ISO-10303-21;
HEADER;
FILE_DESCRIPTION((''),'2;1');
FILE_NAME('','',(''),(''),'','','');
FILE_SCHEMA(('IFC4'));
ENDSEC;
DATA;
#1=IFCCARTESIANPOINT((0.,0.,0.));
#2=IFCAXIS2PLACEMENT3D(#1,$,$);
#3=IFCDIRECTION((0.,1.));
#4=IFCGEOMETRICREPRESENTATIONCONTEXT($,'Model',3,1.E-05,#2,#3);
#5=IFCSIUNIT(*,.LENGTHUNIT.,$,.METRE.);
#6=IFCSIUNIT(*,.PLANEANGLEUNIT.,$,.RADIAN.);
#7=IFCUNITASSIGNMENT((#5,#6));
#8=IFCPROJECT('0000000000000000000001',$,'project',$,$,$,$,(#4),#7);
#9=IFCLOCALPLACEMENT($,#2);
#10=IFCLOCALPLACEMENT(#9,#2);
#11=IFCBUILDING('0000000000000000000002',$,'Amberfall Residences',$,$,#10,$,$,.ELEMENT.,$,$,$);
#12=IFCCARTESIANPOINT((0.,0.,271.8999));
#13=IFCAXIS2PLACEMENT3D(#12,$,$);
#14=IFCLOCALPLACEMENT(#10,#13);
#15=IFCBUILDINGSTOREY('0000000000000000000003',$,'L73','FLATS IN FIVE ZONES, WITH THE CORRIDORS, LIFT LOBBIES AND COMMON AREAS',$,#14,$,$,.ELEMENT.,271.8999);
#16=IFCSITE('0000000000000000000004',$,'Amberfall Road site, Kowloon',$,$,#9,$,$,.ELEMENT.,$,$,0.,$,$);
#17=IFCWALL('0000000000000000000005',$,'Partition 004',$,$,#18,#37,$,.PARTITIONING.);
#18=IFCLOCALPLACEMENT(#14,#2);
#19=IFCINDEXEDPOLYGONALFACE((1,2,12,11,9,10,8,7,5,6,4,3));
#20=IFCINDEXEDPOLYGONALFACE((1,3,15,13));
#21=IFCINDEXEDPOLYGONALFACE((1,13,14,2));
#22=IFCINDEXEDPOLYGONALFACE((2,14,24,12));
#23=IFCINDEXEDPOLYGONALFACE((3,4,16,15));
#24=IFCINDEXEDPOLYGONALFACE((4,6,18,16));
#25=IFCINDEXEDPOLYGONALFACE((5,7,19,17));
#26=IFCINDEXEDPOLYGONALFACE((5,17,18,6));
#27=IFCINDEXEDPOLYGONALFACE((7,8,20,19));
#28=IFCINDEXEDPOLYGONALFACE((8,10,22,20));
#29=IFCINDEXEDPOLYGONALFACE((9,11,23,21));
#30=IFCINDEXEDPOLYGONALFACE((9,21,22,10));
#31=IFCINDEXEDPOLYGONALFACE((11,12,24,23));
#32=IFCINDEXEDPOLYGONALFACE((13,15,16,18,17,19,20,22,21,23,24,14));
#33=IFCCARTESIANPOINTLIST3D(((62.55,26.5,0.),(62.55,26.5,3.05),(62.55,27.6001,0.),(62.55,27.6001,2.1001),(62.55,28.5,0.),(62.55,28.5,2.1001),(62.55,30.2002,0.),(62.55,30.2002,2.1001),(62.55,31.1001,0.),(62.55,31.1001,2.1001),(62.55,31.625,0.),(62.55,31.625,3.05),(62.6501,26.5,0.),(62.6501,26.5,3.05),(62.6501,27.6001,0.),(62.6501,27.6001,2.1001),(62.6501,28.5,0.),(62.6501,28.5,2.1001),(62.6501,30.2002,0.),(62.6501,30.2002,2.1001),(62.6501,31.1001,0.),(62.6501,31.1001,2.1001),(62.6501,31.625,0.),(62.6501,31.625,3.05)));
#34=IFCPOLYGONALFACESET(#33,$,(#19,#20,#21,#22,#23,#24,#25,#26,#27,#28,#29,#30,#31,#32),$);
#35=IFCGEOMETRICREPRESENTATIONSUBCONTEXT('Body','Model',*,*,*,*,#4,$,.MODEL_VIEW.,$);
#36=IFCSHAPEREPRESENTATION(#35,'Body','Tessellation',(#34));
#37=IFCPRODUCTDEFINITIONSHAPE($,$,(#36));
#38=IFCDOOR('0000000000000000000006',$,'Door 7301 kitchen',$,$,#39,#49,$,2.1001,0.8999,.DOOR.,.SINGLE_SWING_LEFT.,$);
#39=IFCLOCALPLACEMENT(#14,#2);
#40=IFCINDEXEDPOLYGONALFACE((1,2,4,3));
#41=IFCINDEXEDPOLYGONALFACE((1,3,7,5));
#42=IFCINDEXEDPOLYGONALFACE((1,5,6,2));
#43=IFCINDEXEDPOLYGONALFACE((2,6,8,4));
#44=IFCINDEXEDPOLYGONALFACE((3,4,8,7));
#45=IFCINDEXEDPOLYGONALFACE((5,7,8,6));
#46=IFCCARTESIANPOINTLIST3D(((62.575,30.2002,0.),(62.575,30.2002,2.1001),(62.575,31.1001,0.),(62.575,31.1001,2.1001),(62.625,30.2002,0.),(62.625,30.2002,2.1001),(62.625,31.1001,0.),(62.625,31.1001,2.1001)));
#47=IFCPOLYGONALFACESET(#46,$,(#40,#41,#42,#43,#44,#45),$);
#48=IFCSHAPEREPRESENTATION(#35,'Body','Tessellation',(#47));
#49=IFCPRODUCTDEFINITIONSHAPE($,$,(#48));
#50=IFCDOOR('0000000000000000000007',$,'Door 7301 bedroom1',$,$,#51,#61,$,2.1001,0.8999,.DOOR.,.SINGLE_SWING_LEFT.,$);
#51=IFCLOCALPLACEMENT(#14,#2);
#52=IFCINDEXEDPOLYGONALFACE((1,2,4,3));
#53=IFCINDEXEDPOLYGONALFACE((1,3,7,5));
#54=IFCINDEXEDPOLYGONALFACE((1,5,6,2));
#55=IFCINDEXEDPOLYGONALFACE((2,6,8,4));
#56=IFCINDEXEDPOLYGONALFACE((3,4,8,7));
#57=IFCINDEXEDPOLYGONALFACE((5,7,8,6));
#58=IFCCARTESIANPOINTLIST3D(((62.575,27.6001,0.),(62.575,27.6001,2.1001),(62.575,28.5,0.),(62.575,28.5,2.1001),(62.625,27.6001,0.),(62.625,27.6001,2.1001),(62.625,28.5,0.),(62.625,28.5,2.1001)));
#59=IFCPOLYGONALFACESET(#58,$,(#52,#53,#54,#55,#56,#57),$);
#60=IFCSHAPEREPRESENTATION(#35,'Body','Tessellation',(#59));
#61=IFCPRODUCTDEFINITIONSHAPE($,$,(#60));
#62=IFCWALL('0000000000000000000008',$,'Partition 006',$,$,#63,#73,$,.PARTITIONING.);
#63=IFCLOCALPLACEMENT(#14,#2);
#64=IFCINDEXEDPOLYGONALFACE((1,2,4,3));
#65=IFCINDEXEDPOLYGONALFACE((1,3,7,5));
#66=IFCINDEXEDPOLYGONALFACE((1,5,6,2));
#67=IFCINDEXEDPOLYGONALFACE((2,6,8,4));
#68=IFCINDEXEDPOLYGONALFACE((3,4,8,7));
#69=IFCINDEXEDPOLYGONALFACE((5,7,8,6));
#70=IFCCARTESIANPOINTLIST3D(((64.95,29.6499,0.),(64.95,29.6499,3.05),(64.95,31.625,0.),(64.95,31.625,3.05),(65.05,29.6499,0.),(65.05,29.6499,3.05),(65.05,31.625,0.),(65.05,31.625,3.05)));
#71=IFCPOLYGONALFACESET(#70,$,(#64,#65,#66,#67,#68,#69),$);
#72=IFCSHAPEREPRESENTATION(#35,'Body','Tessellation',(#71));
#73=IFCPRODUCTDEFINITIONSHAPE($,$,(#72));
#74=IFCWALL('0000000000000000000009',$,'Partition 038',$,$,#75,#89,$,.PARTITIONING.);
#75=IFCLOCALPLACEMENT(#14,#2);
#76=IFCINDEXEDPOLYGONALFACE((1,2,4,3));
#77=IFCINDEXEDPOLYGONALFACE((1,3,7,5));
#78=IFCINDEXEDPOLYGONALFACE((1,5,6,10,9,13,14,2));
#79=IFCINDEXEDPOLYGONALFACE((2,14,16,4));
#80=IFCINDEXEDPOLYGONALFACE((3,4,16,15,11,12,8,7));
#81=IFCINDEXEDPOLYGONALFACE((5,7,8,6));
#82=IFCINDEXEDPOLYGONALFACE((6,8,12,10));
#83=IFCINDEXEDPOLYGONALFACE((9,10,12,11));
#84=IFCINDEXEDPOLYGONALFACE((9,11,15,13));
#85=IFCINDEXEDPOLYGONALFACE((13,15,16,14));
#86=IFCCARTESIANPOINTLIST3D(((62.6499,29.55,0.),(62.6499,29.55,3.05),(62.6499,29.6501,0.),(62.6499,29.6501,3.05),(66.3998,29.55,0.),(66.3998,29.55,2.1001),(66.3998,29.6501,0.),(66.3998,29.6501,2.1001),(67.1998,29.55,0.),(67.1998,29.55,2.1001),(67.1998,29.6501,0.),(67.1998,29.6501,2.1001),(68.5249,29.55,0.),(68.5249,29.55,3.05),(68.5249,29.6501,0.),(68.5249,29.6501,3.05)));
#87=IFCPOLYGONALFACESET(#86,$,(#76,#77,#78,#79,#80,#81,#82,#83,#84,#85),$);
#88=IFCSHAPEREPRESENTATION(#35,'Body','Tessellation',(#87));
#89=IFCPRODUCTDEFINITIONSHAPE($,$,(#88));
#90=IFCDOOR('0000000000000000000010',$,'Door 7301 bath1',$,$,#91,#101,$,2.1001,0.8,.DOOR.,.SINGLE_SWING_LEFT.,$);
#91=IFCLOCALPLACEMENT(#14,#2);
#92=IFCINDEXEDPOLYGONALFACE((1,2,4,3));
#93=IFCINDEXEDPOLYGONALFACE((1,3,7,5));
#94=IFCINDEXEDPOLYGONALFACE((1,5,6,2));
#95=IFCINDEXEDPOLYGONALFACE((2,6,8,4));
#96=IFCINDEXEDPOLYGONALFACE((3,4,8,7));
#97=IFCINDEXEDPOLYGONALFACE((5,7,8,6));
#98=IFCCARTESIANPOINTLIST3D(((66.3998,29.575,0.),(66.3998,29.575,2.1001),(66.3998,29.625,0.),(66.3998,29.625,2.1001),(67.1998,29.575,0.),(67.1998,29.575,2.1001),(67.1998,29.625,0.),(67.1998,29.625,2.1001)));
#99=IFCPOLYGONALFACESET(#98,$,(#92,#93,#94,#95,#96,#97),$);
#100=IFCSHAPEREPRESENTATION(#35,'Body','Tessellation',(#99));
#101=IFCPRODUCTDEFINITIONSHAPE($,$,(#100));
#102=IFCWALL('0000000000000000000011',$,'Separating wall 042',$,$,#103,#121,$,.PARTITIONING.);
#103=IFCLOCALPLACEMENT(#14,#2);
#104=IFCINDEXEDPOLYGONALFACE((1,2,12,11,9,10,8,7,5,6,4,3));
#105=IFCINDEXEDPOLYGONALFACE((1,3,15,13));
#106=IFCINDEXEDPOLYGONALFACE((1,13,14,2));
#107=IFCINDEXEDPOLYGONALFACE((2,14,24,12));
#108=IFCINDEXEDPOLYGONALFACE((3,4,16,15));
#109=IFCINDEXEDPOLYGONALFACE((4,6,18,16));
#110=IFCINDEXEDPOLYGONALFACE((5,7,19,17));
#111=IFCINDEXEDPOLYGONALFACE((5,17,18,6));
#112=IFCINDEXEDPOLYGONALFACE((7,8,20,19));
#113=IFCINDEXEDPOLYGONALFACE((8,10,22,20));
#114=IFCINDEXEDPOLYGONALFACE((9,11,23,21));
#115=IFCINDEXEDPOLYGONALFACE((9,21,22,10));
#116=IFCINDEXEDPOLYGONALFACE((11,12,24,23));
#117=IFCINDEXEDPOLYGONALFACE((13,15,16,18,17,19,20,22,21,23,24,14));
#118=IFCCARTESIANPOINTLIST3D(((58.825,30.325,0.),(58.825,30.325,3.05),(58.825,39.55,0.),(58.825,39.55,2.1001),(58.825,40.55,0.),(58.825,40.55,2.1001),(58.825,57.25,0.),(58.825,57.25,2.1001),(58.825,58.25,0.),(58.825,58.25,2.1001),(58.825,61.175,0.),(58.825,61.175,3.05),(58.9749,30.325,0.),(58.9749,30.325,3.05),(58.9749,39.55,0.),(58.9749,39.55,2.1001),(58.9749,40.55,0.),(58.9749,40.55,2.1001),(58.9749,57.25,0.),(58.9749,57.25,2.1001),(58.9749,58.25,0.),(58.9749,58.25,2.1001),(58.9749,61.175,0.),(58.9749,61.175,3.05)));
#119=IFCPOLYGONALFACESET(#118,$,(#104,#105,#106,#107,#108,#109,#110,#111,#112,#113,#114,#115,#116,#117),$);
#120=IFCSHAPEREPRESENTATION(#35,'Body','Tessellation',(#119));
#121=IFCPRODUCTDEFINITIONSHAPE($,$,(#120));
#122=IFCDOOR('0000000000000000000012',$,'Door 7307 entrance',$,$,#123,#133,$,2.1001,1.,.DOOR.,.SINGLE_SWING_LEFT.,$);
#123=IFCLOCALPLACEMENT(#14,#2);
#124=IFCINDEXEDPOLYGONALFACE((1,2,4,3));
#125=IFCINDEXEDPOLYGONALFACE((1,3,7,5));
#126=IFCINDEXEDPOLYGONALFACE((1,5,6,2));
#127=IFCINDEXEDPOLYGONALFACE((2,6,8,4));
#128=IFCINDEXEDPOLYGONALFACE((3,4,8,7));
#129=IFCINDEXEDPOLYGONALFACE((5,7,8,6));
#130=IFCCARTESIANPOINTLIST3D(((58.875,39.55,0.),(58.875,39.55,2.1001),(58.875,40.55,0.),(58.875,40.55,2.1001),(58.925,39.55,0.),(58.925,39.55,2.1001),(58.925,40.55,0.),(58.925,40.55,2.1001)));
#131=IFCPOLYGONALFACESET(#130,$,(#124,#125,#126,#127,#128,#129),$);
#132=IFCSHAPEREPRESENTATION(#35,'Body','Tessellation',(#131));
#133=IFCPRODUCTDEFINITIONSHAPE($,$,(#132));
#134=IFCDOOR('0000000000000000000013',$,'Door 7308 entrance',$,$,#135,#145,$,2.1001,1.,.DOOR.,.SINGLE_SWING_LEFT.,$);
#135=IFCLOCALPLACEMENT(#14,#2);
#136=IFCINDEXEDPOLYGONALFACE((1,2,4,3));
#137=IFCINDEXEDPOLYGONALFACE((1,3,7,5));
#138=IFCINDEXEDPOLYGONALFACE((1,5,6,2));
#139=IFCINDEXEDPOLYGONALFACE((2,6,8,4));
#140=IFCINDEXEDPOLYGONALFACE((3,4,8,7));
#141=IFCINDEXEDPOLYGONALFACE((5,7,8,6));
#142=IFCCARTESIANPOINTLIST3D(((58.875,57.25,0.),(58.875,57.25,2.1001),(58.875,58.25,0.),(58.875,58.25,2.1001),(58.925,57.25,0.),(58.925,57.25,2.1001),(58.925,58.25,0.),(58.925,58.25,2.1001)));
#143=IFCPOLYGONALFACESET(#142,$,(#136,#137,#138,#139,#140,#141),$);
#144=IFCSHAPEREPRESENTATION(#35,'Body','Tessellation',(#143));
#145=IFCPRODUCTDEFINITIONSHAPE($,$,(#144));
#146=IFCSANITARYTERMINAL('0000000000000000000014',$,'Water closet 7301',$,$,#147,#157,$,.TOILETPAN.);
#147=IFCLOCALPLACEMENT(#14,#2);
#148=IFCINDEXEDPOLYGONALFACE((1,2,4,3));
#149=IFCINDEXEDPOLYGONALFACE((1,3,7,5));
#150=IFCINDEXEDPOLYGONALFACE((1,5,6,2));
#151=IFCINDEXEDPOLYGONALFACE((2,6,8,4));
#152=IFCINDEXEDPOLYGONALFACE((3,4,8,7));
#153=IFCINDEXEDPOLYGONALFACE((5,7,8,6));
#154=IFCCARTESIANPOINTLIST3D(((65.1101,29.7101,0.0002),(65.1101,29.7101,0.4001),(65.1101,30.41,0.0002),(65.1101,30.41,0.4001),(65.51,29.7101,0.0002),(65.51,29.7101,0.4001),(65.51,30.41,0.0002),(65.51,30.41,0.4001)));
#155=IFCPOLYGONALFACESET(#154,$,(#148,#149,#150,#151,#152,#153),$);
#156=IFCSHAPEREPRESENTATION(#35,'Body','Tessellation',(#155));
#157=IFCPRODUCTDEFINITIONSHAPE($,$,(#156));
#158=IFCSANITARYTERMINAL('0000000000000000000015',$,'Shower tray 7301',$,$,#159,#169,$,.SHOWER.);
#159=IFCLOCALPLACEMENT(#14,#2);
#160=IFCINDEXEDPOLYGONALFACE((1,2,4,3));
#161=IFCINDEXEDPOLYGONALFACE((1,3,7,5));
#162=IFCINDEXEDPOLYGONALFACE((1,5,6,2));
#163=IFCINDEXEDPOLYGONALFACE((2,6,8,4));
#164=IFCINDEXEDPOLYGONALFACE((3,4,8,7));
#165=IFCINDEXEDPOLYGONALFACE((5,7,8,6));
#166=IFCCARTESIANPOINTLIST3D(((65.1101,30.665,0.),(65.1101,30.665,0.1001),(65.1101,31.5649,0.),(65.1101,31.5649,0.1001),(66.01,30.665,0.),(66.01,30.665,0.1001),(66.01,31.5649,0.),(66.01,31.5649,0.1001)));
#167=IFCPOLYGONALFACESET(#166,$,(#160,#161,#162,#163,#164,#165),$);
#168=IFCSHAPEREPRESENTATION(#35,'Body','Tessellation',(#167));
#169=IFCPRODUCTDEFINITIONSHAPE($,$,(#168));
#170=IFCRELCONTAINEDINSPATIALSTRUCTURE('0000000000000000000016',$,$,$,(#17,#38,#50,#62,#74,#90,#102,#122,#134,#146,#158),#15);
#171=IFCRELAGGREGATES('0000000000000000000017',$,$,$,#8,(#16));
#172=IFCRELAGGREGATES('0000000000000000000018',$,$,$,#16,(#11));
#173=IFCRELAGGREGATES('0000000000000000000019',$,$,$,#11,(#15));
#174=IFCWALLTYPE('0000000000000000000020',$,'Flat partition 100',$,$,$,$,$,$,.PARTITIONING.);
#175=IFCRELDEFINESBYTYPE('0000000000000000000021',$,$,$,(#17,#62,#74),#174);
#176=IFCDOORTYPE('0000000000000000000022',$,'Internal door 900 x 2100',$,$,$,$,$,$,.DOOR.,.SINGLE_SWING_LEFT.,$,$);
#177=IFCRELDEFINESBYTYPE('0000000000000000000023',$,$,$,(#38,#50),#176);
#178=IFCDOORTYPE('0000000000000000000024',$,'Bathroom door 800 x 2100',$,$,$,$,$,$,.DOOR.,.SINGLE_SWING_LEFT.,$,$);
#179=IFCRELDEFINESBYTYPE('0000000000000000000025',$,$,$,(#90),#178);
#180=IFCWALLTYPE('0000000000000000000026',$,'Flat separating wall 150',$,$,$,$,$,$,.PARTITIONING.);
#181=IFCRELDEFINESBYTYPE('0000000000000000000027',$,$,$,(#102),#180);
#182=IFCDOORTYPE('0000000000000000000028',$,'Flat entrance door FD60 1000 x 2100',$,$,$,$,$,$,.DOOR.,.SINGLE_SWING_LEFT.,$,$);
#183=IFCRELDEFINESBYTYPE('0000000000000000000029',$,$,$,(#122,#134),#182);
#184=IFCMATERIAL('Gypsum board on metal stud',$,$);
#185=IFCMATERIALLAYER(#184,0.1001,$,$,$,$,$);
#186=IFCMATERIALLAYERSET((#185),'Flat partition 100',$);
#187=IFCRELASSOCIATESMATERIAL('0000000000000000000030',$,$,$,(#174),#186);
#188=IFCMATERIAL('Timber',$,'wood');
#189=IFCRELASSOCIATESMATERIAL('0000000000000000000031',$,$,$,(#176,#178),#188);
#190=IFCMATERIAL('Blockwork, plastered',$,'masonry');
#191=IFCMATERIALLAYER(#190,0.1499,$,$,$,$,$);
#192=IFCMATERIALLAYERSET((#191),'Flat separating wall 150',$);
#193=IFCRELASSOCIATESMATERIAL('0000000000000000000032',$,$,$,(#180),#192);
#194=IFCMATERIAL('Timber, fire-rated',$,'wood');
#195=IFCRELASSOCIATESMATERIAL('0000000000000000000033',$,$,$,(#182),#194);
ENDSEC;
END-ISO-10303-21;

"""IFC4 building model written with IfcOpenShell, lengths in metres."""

from ifc_helpers import new_model, si_unit, direction, frame, frame_2d, origin, origin_2d, place, context, subcontext, project, spatial, rectangle, extrude, material, layer, layer_set, type_object, element, fill, save


model = new_model("IFC4")

# Units and contexts
model_context = context("Model", 3, precision=1e-05, world=origin(), true_north=direction((0.0, 1.0)))
body_context = subcontext(model_context, "Body", "Model", "MODEL_VIEW")
ifc_project = project(units=[si_unit("LENGTHUNIT", "METRE"), si_unit("PLANEANGLEUNIT", "RADIAN")], contexts=[model_context])

# Site, building, storey
site_placement = place(None, origin())
site = spatial("IfcSite", under=ifc_project, at=site_placement, Name="Amberfall Road site, Kowloon", CompositionType="ELEMENT", RefElevation=0.0)
building_placement = place(site_placement, origin())
building = spatial("IfcBuilding", under=site, at=building_placement, Name="Amberfall Residences", CompositionType="ELEMENT")
storey_placement = place(building_placement, frame((0.0, 0.0, 271.8999)))
storey = spatial("IfcBuildingStorey", under=building, at=storey_placement, Name="L73", Description="FLATS IN FIVE ZONES, WITH THE CORRIDORS, LIFT LOBBIES AND COMMON AREAS", CompositionType="ELEMENT", Elevation=271.8999)

# Wall, openings, doors
ifc_material_1 = material(Name="Gypsum board on metal stud")
ifc_layer_1 = layer(ifc_material_1, 0.1001)
ifc_layer_set_1 = layer_set([ifc_layer_1], Name="Flat partition 100")
wall_type_1 = type_object("IfcWallType", Name="Flat partition 100", PredefinedType="PARTITIONING", material=ifc_layer_set_1)
wall_1_placement = place(storey_placement, frame((62.6001, 31.625, 0.0), z_axis=(0.0, 0.0, 1.0), x_axis=(0.0, -1.0, 0.0)))
wall_1 = element("IfcWall", 1, at=wall_1_placement, inside=storey, type_object=wall_type_1, Name="Partition 004", PredefinedType="PARTITIONING", context=body_context, shape_type="SweptSolid", body=[
    extrude(rectangle(XDim=5.125, YDim=0.1001, at=frame_2d((2.5625, 0.0))), origin(), (0.0, 0.0, 1.0), 3.05),
])
opening_1_placement = place(wall_1_placement, frame((0.5249, 0.0, 0.0)))
opening_1 = element("IfcOpeningElement", 2, at=opening_1_placement, cuts=wall_1, PredefinedType="OPENING", context=body_context, shape_type="SweptSolid", body=[
    extrude(rectangle(XDim=0.8999, YDim=2.1001, at=frame_2d((0.45, 1.05))), frame((0.0, 0.0601, 0.0), z_axis=(0.0, -1.0, 0.0), x_axis=(1.0, 0.0, 0.0)), (0.0, 0.0, 1.0), 0.1201),
])
opening_2_placement = place(wall_1_placement, frame((3.125, 0.0, 0.0)))
opening_2 = element("IfcOpeningElement", 3, at=opening_2_placement, cuts=wall_1, PredefinedType="OPENING", context=body_context, shape_type="SweptSolid", body=[
    extrude(rectangle(XDim=0.8999, YDim=2.1001, at=frame_2d((0.45, 1.05))), frame((0.0, 0.0601, 0.0), z_axis=(0.0, -1.0, 0.0), x_axis=(1.0, 0.0, 0.0)), (0.0, 0.0, 1.0), 0.1201),
])
ifc_material_2 = material(Name="Timber", Category="wood")
door_type_1 = type_object("IfcDoorType", Name="Internal door 900 x 2100", OperationType="SINGLE_SWING_LEFT", PredefinedType="DOOR", material=ifc_material_2)
door_1_placement = place(opening_1_placement, origin())
door_1 = element("IfcDoor", 4, at=door_1_placement, inside=storey, type_object=door_type_1, Name="Door 7301 kitchen", OperationType="SINGLE_SWING_LEFT", OverallHeight=2.1001, OverallWidth=0.8999, PredefinedType="DOOR", context=body_context, shape_type="SweptSolid", body=[
    extrude(rectangle(XDim=0.8999, YDim=2.1001, at=frame_2d((0.45, 1.05))), frame((0.0, 0.0249, 0.0), z_axis=(0.0, -1.0, 0.0), x_axis=(1.0, 0.0, 0.0)), (0.0, 0.0, 1.0), 0.05),
])
fill(opening_1, door_1)
door_2_placement = place(opening_2_placement, origin())
door_2 = element("IfcDoor", 5, at=door_2_placement, inside=storey, type_object=door_type_1, Name="Door 7301 bedroom1", OperationType="SINGLE_SWING_LEFT", OverallHeight=2.1001, OverallWidth=0.8999, PredefinedType="DOOR", context=body_context, shape_type="SweptSolid", body=[
    extrude(rectangle(XDim=0.8999, YDim=2.1001, at=frame_2d((0.45, 1.05))), frame((0.0, 0.0249, 0.0), z_axis=(0.0, -1.0, 0.0), x_axis=(1.0, 0.0, 0.0)), (0.0, 0.0, 1.0), 0.05),
])
fill(opening_2, door_2)

# Wall
wall_2_placement = place(storey_placement, frame((65.0, 29.6499, 0.0), z_axis=(0.0, 0.0, 1.0), x_axis=(0.0, 1.0, 0.0)))
element("IfcWall", 6, at=wall_2_placement, inside=storey, type_object=wall_type_1, Name="Partition 006", PredefinedType="PARTITIONING", context=body_context, shape_type="SweptSolid", body=[
    extrude(rectangle(XDim=1.9751, YDim=0.1001, at=frame_2d((0.9875, 0.0))), origin(), (0.0, 0.0, 1.0), 3.05),
])

# Wall, opening, door
wall_3_placement = place(storey_placement, frame((62.6499, 29.6001, 0.0), z_axis=(0.0, 0.0, 1.0), x_axis=(1.0, 0.0, 0.0)))
wall_3 = element("IfcWall", 7, at=wall_3_placement, inside=storey, type_object=wall_type_1, Name="Partition 038", PredefinedType="PARTITIONING", context=body_context, shape_type="SweptSolid", body=[
    extrude(rectangle(XDim=5.875, YDim=0.1001, at=frame_2d((2.9375, 0.0))), origin(), (0.0, 0.0, 1.0), 3.05),
])
opening_3_placement = place(wall_3_placement, frame((3.75, 0.0, 0.0)))
opening_3 = element("IfcOpeningElement", 8, at=opening_3_placement, cuts=wall_3, PredefinedType="OPENING", context=body_context, shape_type="SweptSolid", body=[
    extrude(rectangle(XDim=0.8, YDim=2.1001, at=frame_2d((0.3999, 1.05))), frame((0.0, 0.0601, 0.0), z_axis=(0.0, -1.0, 0.0), x_axis=(1.0, 0.0, 0.0)), (0.0, 0.0, 1.0), 0.1201),
])
door_type_2 = type_object("IfcDoorType", Name="Bathroom door 800 x 2100", OperationType="SINGLE_SWING_LEFT", PredefinedType="DOOR", material=ifc_material_2)
door_3_placement = place(opening_3_placement, origin())
door_3 = element("IfcDoor", 9, at=door_3_placement, inside=storey, type_object=door_type_2, Name="Door 7301 bath1", OperationType="SINGLE_SWING_LEFT", OverallHeight=2.1001, OverallWidth=0.8, PredefinedType="DOOR", context=body_context, shape_type="SweptSolid", body=[
    extrude(rectangle(XDim=0.8, YDim=2.1001, at=frame_2d((0.3999, 1.05))), frame((0.0, 0.0249, 0.0), z_axis=(0.0, -1.0, 0.0), x_axis=(1.0, 0.0, 0.0)), (0.0, 0.0, 1.0), 0.05),
])
fill(opening_3, door_3)

# Wall, openings, doors
ifc_material_3 = material(Name="Blockwork, plastered", Category="masonry")
ifc_layer_2 = layer(ifc_material_3, 0.1499)
ifc_layer_set_2 = layer_set([ifc_layer_2], Name="Flat separating wall 150")
wall_type_2 = type_object("IfcWallType", Name="Flat separating wall 150", PredefinedType="PARTITIONING", material=ifc_layer_set_2)
wall_4_placement = place(storey_placement, frame((58.8999, 30.325, 0.0), z_axis=(0.0, 0.0, 1.0), x_axis=(0.0, 1.0, 0.0)))
wall_4 = element("IfcWall", 10, at=wall_4_placement, inside=storey, type_object=wall_type_2, Name="Separating wall 042", PredefinedType="PARTITIONING", context=body_context, shape_type="SweptSolid", body=[
    extrude(rectangle(XDim=30.8501, YDim=0.1499, at=frame_2d((15.425, 0.0))), origin(), (0.0, 0.0, 1.0), 3.05),
])
opening_4_placement = place(wall_4_placement, frame((9.2251, 0.0, 0.0)))
opening_4 = element("IfcOpeningElement", 11, at=opening_4_placement, cuts=wall_4, PredefinedType="OPENING", context=body_context, shape_type="SweptSolid", body=[
    extrude(rectangle(XDim=1.0, YDim=2.1001, at=frame_2d((0.5, 1.05))), frame((0.0, 0.085, 0.0), z_axis=(0.0, -1.0, 0.0), x_axis=(1.0, 0.0, 0.0)), (0.0, 0.0, 1.0), 0.1699),
])
opening_5_placement = place(wall_4_placement, frame((26.925, 0.0, 0.0)))
opening_5 = element("IfcOpeningElement", 12, at=opening_5_placement, cuts=wall_4, PredefinedType="OPENING", context=body_context, shape_type="SweptSolid", body=[
    extrude(rectangle(XDim=1.0, YDim=2.1001, at=frame_2d((0.5, 1.05))), frame((0.0, 0.085, 0.0), z_axis=(0.0, -1.0, 0.0), x_axis=(1.0, 0.0, 0.0)), (0.0, 0.0, 1.0), 0.1699),
])
ifc_material_4 = material(Name="Timber, fire-rated", Category="wood")
door_type_3 = type_object("IfcDoorType", Name="Flat entrance door FD60 1000 x 2100", OperationType="SINGLE_SWING_LEFT", PredefinedType="DOOR", material=ifc_material_4)
door_4_placement = place(opening_4_placement, origin())
door_4 = element("IfcDoor", 13, at=door_4_placement, inside=storey, type_object=door_type_3, Name="Door 7307 entrance", OperationType="SINGLE_SWING_LEFT", OverallHeight=2.1001, OverallWidth=1.0, PredefinedType="DOOR", context=body_context, shape_type="SweptSolid", body=[
    extrude(rectangle(XDim=1.0, YDim=2.1001, at=frame_2d((0.5, 1.05))), frame((0.0, 0.0249, 0.0), z_axis=(0.0, -1.0, 0.0), x_axis=(1.0, 0.0, 0.0)), (0.0, 0.0, 1.0), 0.05),
])
fill(opening_4, door_4)
door_5_placement = place(opening_5_placement, origin())
door_5 = element("IfcDoor", 14, at=door_5_placement, inside=storey, type_object=door_type_3, Name="Door 7308 entrance", OperationType="SINGLE_SWING_LEFT", OverallHeight=2.1001, OverallWidth=1.0, PredefinedType="DOOR", context=body_context, shape_type="SweptSolid", body=[
    extrude(rectangle(XDim=1.0, YDim=2.1001, at=frame_2d((0.5, 1.05))), frame((0.0, 0.0249, 0.0), z_axis=(0.0, -1.0, 0.0), x_axis=(1.0, 0.0, 0.0)), (0.0, 0.0, 1.0), 0.05),
])
fill(opening_5, door_5)

# Sanitary terminals
sanitary_terminal_1_placement = place(storey_placement, frame((65.3101, 30.0601, 0.0002), z_axis=(0.0, 0.0, 1.0), x_axis=(1.0, 0.0, 0.0)))
element("IfcSanitaryTerminal", 15, at=sanitary_terminal_1_placement, inside=storey, Name="Water closet 7301", PredefinedType="TOILETPAN", context=body_context, shape_type="SweptSolid", body=[
    extrude(rectangle(XDim=0.3999, YDim=0.7, at=origin_2d()), origin(), (0.0, 0.0, 1.0), 0.3999),
])
sanitary_terminal_2_placement = place(storey_placement, frame((65.5601, 31.115, 0.0), z_axis=(0.0, 0.0, 1.0), x_axis=(1.0, 0.0, 0.0)))
element("IfcSanitaryTerminal", 16, at=sanitary_terminal_2_placement, inside=storey, Name="Shower tray 7301", PredefinedType="SHOWER", context=body_context, shape_type="SweptSolid", body=[
    extrude(rectangle(XDim=0.8999, YDim=0.8999, at=origin_2d()), origin(), (0.0, 0.0, 1.0), 0.1001),
])

save(model, "model.ifc")
